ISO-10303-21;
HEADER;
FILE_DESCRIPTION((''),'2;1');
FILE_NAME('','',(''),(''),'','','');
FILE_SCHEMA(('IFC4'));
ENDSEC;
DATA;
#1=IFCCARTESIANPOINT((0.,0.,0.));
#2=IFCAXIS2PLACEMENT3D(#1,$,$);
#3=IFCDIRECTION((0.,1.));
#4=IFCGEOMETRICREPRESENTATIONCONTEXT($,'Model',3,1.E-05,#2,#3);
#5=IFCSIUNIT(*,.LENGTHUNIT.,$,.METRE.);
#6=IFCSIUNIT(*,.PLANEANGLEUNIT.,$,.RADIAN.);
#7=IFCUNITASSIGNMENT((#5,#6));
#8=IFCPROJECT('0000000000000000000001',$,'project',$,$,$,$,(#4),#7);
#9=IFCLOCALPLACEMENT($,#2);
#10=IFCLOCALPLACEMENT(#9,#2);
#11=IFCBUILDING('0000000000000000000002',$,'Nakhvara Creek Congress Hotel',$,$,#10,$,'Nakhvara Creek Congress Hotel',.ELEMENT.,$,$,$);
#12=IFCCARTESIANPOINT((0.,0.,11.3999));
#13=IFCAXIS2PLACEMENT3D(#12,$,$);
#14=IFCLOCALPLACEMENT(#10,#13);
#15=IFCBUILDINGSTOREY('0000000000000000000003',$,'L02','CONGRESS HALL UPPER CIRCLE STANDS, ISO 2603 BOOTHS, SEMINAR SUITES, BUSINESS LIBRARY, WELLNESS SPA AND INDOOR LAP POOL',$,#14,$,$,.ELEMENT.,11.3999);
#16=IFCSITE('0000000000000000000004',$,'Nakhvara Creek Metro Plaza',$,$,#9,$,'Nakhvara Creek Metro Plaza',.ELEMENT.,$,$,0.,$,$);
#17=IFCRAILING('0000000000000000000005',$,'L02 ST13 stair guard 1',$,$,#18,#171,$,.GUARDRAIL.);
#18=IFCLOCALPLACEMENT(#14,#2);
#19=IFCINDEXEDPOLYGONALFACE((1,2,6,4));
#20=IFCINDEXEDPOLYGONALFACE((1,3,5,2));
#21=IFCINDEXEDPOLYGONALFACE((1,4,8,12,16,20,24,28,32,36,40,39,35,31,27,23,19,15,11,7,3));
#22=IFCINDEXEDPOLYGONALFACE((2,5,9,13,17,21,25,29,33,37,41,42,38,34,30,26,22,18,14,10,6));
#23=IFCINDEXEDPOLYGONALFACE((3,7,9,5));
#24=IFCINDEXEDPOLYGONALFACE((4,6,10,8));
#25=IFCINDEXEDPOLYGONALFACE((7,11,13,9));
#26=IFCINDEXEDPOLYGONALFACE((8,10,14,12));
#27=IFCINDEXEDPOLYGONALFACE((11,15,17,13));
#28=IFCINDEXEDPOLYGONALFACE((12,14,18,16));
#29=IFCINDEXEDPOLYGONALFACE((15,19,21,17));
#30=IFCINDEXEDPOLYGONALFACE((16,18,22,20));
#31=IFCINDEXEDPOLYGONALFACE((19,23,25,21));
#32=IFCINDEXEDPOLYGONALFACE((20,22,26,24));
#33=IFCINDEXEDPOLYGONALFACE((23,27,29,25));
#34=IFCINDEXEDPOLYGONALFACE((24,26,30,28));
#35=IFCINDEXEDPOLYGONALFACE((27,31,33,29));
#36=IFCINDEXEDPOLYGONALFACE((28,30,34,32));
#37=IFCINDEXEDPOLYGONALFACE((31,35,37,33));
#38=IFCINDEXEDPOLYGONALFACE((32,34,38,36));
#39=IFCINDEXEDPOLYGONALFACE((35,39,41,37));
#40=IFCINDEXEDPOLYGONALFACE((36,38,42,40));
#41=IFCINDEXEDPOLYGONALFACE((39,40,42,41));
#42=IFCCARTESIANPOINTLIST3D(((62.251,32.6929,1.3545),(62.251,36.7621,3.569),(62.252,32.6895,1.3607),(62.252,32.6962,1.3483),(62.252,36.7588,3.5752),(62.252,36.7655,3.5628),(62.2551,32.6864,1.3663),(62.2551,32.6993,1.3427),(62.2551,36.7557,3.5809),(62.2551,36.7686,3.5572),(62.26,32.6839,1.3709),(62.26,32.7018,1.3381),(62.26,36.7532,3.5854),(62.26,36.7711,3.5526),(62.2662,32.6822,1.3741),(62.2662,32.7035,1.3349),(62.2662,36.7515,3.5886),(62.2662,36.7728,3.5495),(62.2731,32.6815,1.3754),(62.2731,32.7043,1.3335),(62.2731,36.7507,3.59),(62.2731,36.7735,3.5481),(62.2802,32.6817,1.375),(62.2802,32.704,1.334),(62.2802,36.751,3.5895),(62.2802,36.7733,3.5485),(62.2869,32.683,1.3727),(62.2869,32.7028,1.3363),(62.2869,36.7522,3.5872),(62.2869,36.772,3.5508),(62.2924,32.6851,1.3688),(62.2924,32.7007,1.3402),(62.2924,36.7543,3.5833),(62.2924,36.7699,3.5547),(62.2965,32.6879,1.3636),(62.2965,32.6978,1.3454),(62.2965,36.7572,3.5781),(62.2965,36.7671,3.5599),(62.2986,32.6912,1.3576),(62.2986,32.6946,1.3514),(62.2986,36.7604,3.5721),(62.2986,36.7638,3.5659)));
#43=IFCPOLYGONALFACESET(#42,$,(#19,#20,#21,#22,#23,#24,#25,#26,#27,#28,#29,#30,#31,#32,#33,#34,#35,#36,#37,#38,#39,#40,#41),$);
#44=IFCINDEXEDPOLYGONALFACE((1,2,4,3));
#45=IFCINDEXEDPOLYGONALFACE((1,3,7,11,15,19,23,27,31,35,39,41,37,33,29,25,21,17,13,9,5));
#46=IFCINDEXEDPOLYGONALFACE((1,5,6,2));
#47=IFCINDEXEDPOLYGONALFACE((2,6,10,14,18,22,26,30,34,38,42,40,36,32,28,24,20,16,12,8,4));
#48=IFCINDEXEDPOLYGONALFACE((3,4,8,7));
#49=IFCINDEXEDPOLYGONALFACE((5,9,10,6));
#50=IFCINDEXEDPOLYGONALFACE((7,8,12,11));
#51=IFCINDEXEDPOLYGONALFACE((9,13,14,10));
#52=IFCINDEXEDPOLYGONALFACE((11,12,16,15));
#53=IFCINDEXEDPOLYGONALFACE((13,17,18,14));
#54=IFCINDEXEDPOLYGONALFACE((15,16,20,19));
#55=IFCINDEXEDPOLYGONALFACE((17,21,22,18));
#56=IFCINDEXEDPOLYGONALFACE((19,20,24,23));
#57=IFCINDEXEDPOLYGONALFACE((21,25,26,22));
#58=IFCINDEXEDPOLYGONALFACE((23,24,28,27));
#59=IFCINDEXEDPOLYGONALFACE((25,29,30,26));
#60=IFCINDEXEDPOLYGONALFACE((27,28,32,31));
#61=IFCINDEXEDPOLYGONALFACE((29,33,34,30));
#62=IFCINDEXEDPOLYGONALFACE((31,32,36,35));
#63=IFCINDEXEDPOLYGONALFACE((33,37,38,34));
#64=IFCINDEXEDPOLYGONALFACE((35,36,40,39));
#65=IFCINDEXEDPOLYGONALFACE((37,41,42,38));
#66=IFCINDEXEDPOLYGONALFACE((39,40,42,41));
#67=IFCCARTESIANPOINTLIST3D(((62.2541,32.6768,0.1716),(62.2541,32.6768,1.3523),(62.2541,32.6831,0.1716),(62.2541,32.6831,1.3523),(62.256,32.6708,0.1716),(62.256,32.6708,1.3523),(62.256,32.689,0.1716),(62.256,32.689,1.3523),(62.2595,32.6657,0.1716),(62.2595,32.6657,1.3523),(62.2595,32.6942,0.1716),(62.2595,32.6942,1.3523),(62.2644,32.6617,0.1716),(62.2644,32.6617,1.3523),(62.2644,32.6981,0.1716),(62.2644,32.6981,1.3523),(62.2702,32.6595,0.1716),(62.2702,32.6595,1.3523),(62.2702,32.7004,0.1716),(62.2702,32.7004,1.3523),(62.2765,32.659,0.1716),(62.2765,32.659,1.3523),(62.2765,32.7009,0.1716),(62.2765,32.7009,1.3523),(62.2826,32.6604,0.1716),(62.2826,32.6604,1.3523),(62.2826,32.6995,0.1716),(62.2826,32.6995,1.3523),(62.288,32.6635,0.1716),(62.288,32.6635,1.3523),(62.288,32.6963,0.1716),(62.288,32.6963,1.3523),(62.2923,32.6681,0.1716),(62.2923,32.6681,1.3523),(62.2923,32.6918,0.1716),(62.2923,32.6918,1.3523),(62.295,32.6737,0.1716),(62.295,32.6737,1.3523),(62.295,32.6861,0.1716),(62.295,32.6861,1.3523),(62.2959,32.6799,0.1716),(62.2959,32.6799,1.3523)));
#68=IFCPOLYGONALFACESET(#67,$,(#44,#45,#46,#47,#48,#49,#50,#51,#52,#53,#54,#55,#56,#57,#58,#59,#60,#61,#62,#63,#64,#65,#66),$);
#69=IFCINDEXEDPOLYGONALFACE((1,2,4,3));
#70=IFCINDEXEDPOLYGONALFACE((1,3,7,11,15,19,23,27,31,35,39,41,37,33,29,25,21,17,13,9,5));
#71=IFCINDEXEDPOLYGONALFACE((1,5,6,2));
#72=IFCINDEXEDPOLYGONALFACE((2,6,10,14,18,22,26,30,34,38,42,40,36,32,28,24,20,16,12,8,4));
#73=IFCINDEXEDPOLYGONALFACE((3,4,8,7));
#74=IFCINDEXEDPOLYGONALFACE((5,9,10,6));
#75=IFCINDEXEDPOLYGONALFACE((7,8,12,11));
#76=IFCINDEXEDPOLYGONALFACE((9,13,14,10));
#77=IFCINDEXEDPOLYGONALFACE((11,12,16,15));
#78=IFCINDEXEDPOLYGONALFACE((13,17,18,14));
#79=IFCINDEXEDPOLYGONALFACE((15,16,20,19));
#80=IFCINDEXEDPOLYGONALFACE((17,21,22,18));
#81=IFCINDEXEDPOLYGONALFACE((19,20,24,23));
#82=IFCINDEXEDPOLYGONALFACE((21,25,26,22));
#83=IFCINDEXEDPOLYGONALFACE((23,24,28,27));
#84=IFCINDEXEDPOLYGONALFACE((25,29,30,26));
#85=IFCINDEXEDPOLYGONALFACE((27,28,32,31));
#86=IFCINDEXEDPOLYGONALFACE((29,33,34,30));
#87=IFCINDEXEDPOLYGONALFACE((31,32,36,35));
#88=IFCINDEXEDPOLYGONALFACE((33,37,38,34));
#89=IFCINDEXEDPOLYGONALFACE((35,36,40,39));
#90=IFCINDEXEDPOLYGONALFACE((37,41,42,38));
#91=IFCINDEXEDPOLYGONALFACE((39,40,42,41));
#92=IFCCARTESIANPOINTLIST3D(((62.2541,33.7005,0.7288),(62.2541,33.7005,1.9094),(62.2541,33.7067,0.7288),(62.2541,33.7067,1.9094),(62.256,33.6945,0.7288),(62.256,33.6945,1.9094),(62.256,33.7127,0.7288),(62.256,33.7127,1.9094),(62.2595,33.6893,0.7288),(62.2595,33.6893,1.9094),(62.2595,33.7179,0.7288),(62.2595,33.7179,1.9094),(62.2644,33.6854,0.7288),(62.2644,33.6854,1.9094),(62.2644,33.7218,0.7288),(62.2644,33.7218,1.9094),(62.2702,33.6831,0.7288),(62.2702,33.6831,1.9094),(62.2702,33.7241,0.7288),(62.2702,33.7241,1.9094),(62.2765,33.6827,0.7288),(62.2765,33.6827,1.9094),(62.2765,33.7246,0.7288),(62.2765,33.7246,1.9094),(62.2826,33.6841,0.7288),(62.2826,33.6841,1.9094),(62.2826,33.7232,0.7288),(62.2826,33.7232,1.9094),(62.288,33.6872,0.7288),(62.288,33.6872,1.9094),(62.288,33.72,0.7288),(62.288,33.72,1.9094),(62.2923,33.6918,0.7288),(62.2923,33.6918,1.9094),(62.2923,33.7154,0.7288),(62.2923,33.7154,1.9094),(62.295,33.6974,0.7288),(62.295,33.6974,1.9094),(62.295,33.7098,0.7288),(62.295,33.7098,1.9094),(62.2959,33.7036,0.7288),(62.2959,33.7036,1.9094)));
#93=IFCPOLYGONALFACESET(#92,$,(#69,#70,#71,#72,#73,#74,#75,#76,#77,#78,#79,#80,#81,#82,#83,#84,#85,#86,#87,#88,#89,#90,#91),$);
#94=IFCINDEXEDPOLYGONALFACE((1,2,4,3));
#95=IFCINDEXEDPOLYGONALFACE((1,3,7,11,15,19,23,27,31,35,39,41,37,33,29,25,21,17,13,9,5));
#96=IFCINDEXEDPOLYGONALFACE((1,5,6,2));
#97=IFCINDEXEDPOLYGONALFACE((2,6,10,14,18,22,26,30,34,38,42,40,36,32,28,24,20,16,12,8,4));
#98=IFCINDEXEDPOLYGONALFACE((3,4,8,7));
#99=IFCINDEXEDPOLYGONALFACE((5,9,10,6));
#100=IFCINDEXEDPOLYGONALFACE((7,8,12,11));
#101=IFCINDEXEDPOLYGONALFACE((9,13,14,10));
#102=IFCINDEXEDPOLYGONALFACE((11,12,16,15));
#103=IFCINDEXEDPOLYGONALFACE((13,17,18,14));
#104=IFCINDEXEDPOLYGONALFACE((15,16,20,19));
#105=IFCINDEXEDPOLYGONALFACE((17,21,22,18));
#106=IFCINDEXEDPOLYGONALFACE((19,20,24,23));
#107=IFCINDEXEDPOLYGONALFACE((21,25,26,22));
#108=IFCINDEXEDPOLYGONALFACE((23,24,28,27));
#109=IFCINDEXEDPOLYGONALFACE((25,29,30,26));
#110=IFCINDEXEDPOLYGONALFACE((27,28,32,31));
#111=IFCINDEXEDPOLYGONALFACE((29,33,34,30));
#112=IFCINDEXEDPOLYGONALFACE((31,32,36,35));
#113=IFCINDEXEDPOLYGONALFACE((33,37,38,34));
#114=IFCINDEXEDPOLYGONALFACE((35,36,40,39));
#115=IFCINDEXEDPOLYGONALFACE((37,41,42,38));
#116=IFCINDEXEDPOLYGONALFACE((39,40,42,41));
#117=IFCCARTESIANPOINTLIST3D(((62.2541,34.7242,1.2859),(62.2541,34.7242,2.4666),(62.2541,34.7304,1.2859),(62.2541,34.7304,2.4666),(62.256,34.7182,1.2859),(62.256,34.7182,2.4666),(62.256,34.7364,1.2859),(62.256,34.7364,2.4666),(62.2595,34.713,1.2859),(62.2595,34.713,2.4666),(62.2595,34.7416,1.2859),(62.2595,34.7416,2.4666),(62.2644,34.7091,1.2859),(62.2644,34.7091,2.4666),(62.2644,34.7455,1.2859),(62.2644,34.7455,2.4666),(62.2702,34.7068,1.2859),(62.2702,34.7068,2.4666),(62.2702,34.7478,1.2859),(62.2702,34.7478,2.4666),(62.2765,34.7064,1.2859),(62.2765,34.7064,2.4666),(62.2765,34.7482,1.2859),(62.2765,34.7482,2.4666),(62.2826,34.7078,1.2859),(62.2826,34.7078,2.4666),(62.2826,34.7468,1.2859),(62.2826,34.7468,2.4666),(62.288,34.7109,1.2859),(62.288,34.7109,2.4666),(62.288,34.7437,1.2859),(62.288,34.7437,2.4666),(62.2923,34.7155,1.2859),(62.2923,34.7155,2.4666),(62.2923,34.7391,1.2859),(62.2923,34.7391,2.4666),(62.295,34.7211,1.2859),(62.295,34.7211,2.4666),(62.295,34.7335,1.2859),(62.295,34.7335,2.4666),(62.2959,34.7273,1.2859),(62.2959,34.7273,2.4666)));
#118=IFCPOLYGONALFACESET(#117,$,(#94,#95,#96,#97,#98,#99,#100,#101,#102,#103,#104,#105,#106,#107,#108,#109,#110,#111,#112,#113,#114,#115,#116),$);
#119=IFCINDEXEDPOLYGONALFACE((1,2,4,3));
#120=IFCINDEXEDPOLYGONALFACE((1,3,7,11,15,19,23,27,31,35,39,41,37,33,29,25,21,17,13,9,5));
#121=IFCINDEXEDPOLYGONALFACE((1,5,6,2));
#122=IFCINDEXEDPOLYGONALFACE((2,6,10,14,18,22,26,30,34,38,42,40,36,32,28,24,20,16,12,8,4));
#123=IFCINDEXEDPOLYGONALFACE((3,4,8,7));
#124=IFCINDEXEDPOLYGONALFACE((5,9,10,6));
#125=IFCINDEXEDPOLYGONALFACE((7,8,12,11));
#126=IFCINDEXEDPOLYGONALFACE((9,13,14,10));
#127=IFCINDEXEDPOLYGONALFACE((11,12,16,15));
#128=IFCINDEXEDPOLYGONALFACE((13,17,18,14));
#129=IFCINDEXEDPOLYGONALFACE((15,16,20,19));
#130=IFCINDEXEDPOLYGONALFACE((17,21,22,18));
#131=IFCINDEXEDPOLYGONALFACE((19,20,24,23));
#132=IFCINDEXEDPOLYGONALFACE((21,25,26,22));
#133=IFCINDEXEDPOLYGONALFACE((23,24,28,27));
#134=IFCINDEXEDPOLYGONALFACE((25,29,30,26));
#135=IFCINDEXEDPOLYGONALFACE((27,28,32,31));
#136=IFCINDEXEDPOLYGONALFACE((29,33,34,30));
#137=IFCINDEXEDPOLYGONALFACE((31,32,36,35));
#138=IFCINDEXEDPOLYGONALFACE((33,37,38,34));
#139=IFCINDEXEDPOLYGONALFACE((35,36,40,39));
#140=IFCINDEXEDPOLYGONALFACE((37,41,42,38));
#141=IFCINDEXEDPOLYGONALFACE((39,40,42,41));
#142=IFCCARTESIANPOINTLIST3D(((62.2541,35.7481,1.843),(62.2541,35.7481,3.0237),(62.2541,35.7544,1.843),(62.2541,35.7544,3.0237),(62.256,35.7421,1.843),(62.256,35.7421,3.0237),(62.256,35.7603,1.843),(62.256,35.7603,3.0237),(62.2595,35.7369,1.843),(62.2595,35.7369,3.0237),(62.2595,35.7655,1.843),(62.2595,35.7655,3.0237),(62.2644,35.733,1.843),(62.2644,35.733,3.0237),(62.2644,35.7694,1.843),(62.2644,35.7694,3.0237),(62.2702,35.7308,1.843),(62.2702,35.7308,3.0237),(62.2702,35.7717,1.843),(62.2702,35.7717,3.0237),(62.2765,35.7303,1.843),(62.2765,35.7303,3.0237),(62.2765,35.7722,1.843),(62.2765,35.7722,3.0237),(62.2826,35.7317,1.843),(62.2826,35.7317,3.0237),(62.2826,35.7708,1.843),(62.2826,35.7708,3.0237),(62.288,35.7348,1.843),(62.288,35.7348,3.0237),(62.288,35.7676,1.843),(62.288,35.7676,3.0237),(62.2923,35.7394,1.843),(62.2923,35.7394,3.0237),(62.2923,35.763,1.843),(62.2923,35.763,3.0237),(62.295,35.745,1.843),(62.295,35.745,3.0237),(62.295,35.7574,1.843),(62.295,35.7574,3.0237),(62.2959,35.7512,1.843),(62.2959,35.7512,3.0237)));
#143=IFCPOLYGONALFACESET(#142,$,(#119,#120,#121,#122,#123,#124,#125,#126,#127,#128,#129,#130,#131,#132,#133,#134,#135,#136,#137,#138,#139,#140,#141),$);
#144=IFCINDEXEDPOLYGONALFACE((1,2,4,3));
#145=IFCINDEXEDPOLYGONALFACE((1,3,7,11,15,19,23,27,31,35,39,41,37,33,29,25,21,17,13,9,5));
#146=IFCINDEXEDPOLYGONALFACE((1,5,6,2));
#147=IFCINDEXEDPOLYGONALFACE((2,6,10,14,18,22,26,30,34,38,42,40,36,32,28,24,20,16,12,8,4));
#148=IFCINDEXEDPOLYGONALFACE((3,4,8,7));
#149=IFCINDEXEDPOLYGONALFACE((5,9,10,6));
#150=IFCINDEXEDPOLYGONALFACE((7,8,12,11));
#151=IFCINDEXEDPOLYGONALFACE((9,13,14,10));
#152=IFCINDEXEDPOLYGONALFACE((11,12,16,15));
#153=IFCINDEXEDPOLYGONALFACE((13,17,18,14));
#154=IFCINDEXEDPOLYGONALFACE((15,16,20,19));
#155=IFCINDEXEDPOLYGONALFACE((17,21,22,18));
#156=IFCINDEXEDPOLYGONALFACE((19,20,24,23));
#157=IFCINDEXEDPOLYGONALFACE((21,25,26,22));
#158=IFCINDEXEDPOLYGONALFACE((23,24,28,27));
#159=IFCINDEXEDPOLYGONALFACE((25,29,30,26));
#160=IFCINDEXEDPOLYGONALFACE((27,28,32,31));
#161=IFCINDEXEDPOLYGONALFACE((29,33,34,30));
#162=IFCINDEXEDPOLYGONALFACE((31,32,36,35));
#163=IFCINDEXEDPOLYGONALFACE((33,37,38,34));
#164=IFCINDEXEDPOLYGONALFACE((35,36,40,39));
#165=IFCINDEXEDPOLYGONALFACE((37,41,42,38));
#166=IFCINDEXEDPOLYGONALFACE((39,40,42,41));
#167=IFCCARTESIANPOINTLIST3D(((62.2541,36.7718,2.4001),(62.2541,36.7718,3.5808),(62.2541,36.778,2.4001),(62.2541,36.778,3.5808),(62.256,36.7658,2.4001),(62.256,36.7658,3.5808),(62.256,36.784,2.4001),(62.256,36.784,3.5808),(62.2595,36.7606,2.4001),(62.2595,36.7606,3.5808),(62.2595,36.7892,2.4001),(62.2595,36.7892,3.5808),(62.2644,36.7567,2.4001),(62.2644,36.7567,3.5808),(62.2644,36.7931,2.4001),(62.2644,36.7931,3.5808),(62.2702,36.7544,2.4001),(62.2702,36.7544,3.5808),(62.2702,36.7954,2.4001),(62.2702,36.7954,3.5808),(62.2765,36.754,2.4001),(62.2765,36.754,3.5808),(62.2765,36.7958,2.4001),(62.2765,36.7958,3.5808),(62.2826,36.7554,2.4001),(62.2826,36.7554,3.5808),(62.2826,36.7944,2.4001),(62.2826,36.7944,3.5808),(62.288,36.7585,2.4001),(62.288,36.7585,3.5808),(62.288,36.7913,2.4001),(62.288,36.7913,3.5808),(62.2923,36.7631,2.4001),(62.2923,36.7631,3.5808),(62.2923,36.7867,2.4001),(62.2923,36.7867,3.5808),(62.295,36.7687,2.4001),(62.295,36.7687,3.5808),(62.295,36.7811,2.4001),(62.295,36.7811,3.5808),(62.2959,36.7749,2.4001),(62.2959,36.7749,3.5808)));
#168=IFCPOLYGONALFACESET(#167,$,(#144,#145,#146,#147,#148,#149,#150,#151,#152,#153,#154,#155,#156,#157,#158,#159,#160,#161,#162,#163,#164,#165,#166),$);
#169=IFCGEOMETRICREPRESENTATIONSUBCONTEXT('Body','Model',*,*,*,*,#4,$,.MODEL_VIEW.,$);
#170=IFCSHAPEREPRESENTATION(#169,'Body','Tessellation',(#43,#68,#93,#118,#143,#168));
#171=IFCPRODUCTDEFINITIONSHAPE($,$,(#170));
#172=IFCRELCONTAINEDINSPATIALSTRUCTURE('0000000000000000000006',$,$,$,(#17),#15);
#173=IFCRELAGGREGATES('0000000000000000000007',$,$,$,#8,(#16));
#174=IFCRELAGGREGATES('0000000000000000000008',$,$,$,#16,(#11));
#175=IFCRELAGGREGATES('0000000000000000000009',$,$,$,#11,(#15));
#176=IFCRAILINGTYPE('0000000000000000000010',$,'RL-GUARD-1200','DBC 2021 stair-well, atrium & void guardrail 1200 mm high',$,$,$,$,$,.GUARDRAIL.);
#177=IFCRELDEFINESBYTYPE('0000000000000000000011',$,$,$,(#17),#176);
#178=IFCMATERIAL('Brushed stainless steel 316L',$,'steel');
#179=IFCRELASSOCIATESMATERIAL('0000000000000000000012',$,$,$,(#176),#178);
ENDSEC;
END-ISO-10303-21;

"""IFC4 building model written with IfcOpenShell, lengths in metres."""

from ifc_helpers import new_model, si_unit, direction, frame, origin, origin_2d, place, context, subcontext, project, spatial, circle, extrude, material, type_object, element, save


model = new_model("IFC4")

# Units and contexts
model_context = context("Model", 3, precision=1e-05, world=origin(), true_north=direction((0.0, 1.0)))
body_context = subcontext(model_context, "Body", "Model", "MODEL_VIEW")
ifc_project = project(units=[si_unit("LENGTHUNIT", "METRE"), si_unit("PLANEANGLEUNIT", "RADIAN")], contexts=[model_context])

# Site, building, storey
site_placement = place(None, origin())
site = spatial("IfcSite", under=ifc_project, at=site_placement, Name="Nakhvara Creek Metro Plaza", LongName="Nakhvara Creek Metro Plaza", CompositionType="ELEMENT", RefElevation=0.0)
building_placement = place(site_placement, origin())
building = spatial("IfcBuilding", under=site, at=building_placement, Name="Nakhvara Creek Congress Hotel", LongName="Nakhvara Creek Congress Hotel", CompositionType="ELEMENT")
storey_placement = place(building_placement, frame((0.0, 0.0, 11.3999)))
storey = spatial("IfcBuildingStorey", under=building, at=storey_placement, Name="L02", Description="CONGRESS HALL UPPER CIRCLE STANDS, ISO 2603 BOOTHS, SEMINAR SUITES, BUSINESS LIBRARY, WELLNESS SPA AND INDOOR LAP POOL", CompositionType="ELEMENT", Elevation=11.3999)

# Railing
ifc_material_1 = material(Name="Brushed stainless steel 316L", Category="steel")
railing_type_1 = type_object("IfcRailingType", Name="RL-GUARD-1200", Description="DBC 2021 stair-well, atrium & void guardrail 1200 mm high", PredefinedType="GUARDRAIL", material=ifc_material_1)
railing_1_placement = place(storey_placement, frame((62.2749, 32.6799, 0.1716)))
element("IfcRailing", 1, at=railing_1_placement, inside=storey, type_object=railing_type_1, Name="L02 ST13 stair guard 1", PredefinedType="GUARDRAIL", context=body_context, shape_type="SweptSolid", body=[
    extrude(circle(Radius=0.0239, at=origin_2d()), frame((0.0, 0.0129, 1.1829), z_axis=(0.0, 0.878355, 0.478008), x_axis=(-1.0, 0.0, 0.0)), (0.0, 0.0, 1.0), 4.6328),
    extrude(circle(Radius=0.021, at=origin_2d()), origin(), (0.0, 0.0, 1.0), 1.1807),
    extrude(circle(Radius=0.021, at=origin_2d()), frame((0.0, 1.0237, 0.5571)), (0.0, 0.0, 1.0), 1.1807),
    extrude(circle(Radius=0.021, at=origin_2d()), frame((0.0, 2.0474, 1.1143)), (0.0, 0.0, 1.0), 1.1807),
    extrude(circle(Radius=0.021, at=origin_2d()), frame((0.0, 3.0713, 1.6714)), (0.0, 0.0, 1.0), 1.1807),
    extrude(circle(Radius=0.021, at=origin_2d()), frame((0.0, 4.095, 2.2285)), (0.0, 0.0, 1.0), 1.1807),
])

save(model, "model.ifc")
